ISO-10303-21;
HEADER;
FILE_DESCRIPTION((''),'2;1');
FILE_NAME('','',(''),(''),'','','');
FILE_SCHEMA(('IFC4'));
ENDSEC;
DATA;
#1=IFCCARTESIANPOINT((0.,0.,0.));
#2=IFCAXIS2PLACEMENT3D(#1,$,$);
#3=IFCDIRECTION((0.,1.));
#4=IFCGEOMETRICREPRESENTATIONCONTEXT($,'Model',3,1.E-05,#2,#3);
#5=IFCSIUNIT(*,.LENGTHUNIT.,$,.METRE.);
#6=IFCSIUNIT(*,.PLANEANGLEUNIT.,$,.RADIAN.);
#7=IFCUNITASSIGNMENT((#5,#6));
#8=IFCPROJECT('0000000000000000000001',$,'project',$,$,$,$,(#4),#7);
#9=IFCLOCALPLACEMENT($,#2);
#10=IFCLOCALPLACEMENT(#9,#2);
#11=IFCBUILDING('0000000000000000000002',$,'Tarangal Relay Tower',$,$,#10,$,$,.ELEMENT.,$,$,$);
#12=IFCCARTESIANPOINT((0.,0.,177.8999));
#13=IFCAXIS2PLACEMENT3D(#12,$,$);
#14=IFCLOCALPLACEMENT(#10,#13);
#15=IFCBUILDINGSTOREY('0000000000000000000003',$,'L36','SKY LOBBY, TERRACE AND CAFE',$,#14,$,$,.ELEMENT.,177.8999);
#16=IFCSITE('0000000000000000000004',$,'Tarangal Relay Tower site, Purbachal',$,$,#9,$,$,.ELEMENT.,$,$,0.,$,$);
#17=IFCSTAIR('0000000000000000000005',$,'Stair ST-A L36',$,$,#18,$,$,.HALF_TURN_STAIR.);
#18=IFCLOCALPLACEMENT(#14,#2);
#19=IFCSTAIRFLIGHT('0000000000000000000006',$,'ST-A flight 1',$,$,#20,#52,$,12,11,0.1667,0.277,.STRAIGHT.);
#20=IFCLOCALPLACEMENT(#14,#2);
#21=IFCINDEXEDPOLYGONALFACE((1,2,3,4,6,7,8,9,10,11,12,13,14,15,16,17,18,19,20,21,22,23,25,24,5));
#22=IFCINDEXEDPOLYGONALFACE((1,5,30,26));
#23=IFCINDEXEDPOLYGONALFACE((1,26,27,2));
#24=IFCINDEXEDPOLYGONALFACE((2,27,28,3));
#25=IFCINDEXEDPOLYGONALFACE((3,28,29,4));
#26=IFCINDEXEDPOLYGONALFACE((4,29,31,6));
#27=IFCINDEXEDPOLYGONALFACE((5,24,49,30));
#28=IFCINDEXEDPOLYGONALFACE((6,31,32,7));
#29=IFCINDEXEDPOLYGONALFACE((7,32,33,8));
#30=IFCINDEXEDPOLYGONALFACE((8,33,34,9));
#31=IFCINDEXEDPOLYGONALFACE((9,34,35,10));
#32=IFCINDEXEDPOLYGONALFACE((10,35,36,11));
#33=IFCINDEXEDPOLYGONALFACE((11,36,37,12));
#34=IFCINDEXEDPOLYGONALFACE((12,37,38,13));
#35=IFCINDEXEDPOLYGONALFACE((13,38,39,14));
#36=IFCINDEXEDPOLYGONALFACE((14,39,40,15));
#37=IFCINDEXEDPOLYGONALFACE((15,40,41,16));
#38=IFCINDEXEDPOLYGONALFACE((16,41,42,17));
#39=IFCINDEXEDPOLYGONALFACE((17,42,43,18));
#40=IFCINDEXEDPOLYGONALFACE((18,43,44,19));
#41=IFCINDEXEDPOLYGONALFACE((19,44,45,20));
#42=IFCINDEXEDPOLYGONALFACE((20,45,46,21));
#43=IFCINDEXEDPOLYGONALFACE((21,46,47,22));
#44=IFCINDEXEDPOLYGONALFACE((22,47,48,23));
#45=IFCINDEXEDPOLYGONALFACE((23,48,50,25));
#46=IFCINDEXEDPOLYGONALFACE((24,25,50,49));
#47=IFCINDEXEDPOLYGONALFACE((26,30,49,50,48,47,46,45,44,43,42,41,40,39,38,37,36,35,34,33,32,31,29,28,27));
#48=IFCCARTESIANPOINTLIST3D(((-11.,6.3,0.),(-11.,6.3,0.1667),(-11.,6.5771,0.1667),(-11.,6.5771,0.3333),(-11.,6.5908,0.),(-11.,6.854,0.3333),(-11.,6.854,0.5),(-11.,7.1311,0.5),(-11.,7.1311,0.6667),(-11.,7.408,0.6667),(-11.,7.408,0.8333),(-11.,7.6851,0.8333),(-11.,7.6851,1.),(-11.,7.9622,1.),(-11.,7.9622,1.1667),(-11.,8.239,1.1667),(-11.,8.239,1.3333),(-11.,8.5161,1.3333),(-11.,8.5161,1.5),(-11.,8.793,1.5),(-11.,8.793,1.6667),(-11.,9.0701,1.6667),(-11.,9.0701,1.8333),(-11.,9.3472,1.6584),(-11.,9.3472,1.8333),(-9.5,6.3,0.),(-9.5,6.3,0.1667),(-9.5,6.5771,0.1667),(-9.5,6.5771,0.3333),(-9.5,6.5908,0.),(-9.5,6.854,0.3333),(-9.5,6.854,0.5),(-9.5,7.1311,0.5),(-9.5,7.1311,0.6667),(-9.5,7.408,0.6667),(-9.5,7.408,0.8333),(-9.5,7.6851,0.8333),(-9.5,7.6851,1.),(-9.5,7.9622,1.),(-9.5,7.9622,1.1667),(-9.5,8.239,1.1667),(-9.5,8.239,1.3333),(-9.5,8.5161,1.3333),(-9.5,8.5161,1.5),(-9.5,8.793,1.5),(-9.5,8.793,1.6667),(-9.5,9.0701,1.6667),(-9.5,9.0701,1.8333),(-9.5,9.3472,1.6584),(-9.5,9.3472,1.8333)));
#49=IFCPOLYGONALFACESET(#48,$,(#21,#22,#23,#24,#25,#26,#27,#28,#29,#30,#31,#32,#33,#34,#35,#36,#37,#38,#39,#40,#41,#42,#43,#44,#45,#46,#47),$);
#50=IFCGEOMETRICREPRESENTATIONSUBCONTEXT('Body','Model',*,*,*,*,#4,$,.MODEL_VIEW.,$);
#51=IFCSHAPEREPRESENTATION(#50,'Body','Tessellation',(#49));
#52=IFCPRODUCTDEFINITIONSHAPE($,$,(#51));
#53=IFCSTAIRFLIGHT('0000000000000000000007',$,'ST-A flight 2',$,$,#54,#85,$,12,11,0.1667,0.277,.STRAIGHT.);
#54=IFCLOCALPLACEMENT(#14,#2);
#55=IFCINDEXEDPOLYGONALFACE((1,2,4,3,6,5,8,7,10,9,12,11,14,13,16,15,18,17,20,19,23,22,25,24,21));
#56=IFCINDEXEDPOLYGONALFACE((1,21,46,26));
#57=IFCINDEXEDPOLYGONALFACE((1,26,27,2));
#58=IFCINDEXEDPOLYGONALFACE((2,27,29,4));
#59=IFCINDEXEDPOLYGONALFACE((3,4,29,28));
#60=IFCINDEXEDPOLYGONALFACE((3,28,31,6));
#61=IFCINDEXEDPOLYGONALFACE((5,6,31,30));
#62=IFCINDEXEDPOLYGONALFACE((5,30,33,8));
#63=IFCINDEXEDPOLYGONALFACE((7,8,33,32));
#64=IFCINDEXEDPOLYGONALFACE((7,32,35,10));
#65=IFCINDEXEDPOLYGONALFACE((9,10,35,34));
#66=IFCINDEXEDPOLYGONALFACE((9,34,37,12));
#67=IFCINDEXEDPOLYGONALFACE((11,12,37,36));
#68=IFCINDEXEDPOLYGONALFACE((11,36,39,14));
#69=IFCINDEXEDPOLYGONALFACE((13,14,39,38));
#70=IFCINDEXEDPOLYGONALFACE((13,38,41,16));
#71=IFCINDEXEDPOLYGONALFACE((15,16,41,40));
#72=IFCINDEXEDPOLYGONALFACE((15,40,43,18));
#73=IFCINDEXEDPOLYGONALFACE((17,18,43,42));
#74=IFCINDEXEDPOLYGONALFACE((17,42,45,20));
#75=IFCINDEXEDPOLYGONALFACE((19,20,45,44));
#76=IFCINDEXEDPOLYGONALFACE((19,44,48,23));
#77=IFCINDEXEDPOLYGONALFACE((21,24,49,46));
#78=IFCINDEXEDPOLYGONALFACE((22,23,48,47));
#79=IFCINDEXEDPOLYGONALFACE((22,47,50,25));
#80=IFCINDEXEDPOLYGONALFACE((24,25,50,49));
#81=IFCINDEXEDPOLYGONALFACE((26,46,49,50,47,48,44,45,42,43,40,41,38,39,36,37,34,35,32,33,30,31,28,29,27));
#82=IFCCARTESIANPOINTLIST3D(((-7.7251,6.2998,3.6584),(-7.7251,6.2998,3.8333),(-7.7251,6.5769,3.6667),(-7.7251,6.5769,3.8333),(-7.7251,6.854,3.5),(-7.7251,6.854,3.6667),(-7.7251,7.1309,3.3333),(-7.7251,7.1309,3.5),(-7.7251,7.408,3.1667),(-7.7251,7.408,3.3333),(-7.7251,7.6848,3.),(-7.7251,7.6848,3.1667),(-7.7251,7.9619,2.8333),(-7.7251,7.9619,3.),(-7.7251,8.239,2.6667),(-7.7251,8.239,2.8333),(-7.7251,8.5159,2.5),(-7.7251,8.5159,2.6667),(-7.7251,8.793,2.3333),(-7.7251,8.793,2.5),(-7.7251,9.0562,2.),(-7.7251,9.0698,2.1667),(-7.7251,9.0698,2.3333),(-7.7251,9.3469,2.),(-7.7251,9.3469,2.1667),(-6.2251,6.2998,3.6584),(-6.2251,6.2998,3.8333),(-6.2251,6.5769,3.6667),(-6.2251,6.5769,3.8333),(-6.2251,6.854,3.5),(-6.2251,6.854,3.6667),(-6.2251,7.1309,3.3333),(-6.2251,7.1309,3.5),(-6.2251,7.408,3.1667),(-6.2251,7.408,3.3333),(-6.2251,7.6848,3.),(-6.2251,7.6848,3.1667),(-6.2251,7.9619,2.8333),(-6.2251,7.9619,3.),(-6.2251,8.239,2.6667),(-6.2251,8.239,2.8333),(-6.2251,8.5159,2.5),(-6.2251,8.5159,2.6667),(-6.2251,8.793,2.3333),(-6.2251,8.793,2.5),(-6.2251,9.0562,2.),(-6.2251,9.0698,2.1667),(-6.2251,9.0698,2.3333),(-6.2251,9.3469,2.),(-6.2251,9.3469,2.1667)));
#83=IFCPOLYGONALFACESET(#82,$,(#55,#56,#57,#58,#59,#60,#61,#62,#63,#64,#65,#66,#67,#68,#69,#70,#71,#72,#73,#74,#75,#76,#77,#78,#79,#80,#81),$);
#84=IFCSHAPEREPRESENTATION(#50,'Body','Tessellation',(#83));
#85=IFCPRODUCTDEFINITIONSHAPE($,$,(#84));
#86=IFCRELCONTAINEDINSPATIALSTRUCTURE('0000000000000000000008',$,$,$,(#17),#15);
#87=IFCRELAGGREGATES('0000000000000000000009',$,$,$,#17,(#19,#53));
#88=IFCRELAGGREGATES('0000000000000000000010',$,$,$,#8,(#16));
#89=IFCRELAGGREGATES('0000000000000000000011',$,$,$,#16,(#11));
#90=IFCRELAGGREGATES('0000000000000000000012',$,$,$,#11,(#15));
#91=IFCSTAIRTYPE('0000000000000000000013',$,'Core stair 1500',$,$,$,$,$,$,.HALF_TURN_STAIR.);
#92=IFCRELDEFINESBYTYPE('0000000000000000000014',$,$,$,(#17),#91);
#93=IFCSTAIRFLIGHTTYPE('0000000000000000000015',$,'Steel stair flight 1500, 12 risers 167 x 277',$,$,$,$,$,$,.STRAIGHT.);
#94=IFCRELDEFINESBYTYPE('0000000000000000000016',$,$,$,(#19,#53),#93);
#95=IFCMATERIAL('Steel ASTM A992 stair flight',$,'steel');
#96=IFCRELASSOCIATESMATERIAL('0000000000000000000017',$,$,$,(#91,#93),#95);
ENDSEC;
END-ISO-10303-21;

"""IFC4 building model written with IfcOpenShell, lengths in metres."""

from ifc_helpers import new_model, si_unit, direction, frame, origin, place, context, subcontext, project, spatial, polyline, outline, extrude, material, type_object, element, aggregate, save


model = new_model("IFC4")

# Units and contexts
model_context = context("Model", 3, precision=1e-05, world=origin(), true_north=direction((0.0, 1.0)))
body_context = subcontext(model_context, "Body", "Model", "MODEL_VIEW")
ifc_project = project(units=[si_unit("LENGTHUNIT", "METRE"), si_unit("PLANEANGLEUNIT", "RADIAN")], contexts=[model_context])

# Site, building, storey
site_placement = place(None, origin())
site = spatial("IfcSite", under=ifc_project, at=site_placement, Name="Tarangal Relay Tower site, Purbachal", CompositionType="ELEMENT", RefElevation=0.0)
building_placement = place(site_placement, origin())
building = spatial("IfcBuilding", under=site, at=building_placement, Name="Tarangal Relay Tower", CompositionType="ELEMENT")
storey_placement = place(building_placement, frame((0.0, 0.0, 177.8999)))
storey = spatial("IfcBuildingStorey", under=building, at=storey_placement, Name="L36", Description="SKY LOBBY, TERRACE AND CAFE", CompositionType="ELEMENT", Elevation=177.8999)

# Stair, stair flights
ifc_material_1 = material(Name="Steel ASTM A992 stair flight", Category="steel")
stair_type = type_object("IfcStairType", Name="Core stair 1500", PredefinedType="HALF_TURN_STAIR", material=ifc_material_1)
stair_placement = place(storey_placement, origin())
stair = element("IfcStair", 1, at=stair_placement, inside=storey, type_object=stair_type, Name="Stair ST-A L36", PredefinedType="HALF_TURN_STAIR")
stair_flight_type = type_object("IfcStairFlightType", Name="Steel stair flight 1500, 12 risers 167 x 277", PredefinedType="STRAIGHT", material=ifc_material_1)
stair_flight_1_placement = place(storey_placement, frame((-10.25, 6.3, 0.0), z_axis=(0.0, 0.0, 1.0), x_axis=(0.0, 1.0, 0.0)))
stair_flight_1 = element("IfcStairFlight", 2, at=stair_flight_1_placement, type_object=stair_flight_type, Name="ST-A flight 1", NumberOfRisers=12, NumberOfTreads=11, PredefinedType="STRAIGHT", RiserHeight=0.1667, TreadLength=0.277, context=body_context, shape_type="SweptSolid", body=[
    extrude(outline(polyline([(0.0, 0.0), (0.0, 0.1667), (0.2771, 0.1667), (0.2771, 0.3333), (0.554, 0.3333), (0.554, 0.5), (0.8311, 0.5), (0.8311, 0.6667), (1.1079, 0.6667), (1.1079, 0.8333), (1.385, 0.8333), (1.385, 1.0), (1.6621, 1.0), (1.6621, 1.1667), (1.939, 1.1667), (1.939, 1.3333), (2.2161, 1.3333), (2.2161, 1.5), (2.4929, 1.5), (2.4929, 1.6667), (2.77, 1.6667), (2.77, 1.8333), (3.0471, 1.8333), (3.0471, 2.0), (3.0471, 1.6584), (0.2908, 0.0), (0.0, 0.0)])), frame((0.0, 0.75, 0.0), z_axis=(0.0, -1.0, 0.0), x_axis=(1.0, 0.0, 0.0)), (0.0, 0.0, 1.0), 1.5),
])
stair_flight_2_placement = place(storey_placement, frame((-6.9751, 9.3469, 2.0), z_axis=(0.0, 0.0, 1.0), x_axis=(0.0, -1.0, 0.0)))
stair_flight_2 = element("IfcStairFlight", 3, at=stair_flight_2_placement, type_object=stair_flight_type, Name="ST-A flight 2", NumberOfRisers=12, NumberOfTreads=11, PredefinedType="STRAIGHT", RiserHeight=0.1667, TreadLength=0.277, context=body_context, shape_type="SweptSolid", body=[
    extrude(outline(polyline([(0.0, 0.0), (0.0, 0.1667), (0.2771, 0.1667), (0.2771, 0.3333), (0.554, 0.3333), (0.554, 0.5), (0.8311, 0.5), (0.8311, 0.6667), (1.1079, 0.6667), (1.1079, 0.8333), (1.385, 0.8333), (1.385, 1.0), (1.6621, 1.0), (1.6621, 1.1667), (1.939, 1.1667), (1.939, 1.3333), (2.2161, 1.3333), (2.2161, 1.5), (2.4929, 1.5), (2.4929, 1.6667), (2.77, 1.6667), (2.77, 1.8333), (3.0471, 1.8333), (3.0471, 2.0), (3.0471, 1.6584), (0.2908, 0.0), (0.0, 0.0)])), frame((0.0, 0.75, 0.0), z_axis=(0.0, -1.0, 0.0), x_axis=(1.0, 0.0, 0.0)), (0.0, 0.0, 1.0), 1.5),
])
aggregate(stair, [stair_flight_1, stair_flight_2])

save(model, "model.ifc")
